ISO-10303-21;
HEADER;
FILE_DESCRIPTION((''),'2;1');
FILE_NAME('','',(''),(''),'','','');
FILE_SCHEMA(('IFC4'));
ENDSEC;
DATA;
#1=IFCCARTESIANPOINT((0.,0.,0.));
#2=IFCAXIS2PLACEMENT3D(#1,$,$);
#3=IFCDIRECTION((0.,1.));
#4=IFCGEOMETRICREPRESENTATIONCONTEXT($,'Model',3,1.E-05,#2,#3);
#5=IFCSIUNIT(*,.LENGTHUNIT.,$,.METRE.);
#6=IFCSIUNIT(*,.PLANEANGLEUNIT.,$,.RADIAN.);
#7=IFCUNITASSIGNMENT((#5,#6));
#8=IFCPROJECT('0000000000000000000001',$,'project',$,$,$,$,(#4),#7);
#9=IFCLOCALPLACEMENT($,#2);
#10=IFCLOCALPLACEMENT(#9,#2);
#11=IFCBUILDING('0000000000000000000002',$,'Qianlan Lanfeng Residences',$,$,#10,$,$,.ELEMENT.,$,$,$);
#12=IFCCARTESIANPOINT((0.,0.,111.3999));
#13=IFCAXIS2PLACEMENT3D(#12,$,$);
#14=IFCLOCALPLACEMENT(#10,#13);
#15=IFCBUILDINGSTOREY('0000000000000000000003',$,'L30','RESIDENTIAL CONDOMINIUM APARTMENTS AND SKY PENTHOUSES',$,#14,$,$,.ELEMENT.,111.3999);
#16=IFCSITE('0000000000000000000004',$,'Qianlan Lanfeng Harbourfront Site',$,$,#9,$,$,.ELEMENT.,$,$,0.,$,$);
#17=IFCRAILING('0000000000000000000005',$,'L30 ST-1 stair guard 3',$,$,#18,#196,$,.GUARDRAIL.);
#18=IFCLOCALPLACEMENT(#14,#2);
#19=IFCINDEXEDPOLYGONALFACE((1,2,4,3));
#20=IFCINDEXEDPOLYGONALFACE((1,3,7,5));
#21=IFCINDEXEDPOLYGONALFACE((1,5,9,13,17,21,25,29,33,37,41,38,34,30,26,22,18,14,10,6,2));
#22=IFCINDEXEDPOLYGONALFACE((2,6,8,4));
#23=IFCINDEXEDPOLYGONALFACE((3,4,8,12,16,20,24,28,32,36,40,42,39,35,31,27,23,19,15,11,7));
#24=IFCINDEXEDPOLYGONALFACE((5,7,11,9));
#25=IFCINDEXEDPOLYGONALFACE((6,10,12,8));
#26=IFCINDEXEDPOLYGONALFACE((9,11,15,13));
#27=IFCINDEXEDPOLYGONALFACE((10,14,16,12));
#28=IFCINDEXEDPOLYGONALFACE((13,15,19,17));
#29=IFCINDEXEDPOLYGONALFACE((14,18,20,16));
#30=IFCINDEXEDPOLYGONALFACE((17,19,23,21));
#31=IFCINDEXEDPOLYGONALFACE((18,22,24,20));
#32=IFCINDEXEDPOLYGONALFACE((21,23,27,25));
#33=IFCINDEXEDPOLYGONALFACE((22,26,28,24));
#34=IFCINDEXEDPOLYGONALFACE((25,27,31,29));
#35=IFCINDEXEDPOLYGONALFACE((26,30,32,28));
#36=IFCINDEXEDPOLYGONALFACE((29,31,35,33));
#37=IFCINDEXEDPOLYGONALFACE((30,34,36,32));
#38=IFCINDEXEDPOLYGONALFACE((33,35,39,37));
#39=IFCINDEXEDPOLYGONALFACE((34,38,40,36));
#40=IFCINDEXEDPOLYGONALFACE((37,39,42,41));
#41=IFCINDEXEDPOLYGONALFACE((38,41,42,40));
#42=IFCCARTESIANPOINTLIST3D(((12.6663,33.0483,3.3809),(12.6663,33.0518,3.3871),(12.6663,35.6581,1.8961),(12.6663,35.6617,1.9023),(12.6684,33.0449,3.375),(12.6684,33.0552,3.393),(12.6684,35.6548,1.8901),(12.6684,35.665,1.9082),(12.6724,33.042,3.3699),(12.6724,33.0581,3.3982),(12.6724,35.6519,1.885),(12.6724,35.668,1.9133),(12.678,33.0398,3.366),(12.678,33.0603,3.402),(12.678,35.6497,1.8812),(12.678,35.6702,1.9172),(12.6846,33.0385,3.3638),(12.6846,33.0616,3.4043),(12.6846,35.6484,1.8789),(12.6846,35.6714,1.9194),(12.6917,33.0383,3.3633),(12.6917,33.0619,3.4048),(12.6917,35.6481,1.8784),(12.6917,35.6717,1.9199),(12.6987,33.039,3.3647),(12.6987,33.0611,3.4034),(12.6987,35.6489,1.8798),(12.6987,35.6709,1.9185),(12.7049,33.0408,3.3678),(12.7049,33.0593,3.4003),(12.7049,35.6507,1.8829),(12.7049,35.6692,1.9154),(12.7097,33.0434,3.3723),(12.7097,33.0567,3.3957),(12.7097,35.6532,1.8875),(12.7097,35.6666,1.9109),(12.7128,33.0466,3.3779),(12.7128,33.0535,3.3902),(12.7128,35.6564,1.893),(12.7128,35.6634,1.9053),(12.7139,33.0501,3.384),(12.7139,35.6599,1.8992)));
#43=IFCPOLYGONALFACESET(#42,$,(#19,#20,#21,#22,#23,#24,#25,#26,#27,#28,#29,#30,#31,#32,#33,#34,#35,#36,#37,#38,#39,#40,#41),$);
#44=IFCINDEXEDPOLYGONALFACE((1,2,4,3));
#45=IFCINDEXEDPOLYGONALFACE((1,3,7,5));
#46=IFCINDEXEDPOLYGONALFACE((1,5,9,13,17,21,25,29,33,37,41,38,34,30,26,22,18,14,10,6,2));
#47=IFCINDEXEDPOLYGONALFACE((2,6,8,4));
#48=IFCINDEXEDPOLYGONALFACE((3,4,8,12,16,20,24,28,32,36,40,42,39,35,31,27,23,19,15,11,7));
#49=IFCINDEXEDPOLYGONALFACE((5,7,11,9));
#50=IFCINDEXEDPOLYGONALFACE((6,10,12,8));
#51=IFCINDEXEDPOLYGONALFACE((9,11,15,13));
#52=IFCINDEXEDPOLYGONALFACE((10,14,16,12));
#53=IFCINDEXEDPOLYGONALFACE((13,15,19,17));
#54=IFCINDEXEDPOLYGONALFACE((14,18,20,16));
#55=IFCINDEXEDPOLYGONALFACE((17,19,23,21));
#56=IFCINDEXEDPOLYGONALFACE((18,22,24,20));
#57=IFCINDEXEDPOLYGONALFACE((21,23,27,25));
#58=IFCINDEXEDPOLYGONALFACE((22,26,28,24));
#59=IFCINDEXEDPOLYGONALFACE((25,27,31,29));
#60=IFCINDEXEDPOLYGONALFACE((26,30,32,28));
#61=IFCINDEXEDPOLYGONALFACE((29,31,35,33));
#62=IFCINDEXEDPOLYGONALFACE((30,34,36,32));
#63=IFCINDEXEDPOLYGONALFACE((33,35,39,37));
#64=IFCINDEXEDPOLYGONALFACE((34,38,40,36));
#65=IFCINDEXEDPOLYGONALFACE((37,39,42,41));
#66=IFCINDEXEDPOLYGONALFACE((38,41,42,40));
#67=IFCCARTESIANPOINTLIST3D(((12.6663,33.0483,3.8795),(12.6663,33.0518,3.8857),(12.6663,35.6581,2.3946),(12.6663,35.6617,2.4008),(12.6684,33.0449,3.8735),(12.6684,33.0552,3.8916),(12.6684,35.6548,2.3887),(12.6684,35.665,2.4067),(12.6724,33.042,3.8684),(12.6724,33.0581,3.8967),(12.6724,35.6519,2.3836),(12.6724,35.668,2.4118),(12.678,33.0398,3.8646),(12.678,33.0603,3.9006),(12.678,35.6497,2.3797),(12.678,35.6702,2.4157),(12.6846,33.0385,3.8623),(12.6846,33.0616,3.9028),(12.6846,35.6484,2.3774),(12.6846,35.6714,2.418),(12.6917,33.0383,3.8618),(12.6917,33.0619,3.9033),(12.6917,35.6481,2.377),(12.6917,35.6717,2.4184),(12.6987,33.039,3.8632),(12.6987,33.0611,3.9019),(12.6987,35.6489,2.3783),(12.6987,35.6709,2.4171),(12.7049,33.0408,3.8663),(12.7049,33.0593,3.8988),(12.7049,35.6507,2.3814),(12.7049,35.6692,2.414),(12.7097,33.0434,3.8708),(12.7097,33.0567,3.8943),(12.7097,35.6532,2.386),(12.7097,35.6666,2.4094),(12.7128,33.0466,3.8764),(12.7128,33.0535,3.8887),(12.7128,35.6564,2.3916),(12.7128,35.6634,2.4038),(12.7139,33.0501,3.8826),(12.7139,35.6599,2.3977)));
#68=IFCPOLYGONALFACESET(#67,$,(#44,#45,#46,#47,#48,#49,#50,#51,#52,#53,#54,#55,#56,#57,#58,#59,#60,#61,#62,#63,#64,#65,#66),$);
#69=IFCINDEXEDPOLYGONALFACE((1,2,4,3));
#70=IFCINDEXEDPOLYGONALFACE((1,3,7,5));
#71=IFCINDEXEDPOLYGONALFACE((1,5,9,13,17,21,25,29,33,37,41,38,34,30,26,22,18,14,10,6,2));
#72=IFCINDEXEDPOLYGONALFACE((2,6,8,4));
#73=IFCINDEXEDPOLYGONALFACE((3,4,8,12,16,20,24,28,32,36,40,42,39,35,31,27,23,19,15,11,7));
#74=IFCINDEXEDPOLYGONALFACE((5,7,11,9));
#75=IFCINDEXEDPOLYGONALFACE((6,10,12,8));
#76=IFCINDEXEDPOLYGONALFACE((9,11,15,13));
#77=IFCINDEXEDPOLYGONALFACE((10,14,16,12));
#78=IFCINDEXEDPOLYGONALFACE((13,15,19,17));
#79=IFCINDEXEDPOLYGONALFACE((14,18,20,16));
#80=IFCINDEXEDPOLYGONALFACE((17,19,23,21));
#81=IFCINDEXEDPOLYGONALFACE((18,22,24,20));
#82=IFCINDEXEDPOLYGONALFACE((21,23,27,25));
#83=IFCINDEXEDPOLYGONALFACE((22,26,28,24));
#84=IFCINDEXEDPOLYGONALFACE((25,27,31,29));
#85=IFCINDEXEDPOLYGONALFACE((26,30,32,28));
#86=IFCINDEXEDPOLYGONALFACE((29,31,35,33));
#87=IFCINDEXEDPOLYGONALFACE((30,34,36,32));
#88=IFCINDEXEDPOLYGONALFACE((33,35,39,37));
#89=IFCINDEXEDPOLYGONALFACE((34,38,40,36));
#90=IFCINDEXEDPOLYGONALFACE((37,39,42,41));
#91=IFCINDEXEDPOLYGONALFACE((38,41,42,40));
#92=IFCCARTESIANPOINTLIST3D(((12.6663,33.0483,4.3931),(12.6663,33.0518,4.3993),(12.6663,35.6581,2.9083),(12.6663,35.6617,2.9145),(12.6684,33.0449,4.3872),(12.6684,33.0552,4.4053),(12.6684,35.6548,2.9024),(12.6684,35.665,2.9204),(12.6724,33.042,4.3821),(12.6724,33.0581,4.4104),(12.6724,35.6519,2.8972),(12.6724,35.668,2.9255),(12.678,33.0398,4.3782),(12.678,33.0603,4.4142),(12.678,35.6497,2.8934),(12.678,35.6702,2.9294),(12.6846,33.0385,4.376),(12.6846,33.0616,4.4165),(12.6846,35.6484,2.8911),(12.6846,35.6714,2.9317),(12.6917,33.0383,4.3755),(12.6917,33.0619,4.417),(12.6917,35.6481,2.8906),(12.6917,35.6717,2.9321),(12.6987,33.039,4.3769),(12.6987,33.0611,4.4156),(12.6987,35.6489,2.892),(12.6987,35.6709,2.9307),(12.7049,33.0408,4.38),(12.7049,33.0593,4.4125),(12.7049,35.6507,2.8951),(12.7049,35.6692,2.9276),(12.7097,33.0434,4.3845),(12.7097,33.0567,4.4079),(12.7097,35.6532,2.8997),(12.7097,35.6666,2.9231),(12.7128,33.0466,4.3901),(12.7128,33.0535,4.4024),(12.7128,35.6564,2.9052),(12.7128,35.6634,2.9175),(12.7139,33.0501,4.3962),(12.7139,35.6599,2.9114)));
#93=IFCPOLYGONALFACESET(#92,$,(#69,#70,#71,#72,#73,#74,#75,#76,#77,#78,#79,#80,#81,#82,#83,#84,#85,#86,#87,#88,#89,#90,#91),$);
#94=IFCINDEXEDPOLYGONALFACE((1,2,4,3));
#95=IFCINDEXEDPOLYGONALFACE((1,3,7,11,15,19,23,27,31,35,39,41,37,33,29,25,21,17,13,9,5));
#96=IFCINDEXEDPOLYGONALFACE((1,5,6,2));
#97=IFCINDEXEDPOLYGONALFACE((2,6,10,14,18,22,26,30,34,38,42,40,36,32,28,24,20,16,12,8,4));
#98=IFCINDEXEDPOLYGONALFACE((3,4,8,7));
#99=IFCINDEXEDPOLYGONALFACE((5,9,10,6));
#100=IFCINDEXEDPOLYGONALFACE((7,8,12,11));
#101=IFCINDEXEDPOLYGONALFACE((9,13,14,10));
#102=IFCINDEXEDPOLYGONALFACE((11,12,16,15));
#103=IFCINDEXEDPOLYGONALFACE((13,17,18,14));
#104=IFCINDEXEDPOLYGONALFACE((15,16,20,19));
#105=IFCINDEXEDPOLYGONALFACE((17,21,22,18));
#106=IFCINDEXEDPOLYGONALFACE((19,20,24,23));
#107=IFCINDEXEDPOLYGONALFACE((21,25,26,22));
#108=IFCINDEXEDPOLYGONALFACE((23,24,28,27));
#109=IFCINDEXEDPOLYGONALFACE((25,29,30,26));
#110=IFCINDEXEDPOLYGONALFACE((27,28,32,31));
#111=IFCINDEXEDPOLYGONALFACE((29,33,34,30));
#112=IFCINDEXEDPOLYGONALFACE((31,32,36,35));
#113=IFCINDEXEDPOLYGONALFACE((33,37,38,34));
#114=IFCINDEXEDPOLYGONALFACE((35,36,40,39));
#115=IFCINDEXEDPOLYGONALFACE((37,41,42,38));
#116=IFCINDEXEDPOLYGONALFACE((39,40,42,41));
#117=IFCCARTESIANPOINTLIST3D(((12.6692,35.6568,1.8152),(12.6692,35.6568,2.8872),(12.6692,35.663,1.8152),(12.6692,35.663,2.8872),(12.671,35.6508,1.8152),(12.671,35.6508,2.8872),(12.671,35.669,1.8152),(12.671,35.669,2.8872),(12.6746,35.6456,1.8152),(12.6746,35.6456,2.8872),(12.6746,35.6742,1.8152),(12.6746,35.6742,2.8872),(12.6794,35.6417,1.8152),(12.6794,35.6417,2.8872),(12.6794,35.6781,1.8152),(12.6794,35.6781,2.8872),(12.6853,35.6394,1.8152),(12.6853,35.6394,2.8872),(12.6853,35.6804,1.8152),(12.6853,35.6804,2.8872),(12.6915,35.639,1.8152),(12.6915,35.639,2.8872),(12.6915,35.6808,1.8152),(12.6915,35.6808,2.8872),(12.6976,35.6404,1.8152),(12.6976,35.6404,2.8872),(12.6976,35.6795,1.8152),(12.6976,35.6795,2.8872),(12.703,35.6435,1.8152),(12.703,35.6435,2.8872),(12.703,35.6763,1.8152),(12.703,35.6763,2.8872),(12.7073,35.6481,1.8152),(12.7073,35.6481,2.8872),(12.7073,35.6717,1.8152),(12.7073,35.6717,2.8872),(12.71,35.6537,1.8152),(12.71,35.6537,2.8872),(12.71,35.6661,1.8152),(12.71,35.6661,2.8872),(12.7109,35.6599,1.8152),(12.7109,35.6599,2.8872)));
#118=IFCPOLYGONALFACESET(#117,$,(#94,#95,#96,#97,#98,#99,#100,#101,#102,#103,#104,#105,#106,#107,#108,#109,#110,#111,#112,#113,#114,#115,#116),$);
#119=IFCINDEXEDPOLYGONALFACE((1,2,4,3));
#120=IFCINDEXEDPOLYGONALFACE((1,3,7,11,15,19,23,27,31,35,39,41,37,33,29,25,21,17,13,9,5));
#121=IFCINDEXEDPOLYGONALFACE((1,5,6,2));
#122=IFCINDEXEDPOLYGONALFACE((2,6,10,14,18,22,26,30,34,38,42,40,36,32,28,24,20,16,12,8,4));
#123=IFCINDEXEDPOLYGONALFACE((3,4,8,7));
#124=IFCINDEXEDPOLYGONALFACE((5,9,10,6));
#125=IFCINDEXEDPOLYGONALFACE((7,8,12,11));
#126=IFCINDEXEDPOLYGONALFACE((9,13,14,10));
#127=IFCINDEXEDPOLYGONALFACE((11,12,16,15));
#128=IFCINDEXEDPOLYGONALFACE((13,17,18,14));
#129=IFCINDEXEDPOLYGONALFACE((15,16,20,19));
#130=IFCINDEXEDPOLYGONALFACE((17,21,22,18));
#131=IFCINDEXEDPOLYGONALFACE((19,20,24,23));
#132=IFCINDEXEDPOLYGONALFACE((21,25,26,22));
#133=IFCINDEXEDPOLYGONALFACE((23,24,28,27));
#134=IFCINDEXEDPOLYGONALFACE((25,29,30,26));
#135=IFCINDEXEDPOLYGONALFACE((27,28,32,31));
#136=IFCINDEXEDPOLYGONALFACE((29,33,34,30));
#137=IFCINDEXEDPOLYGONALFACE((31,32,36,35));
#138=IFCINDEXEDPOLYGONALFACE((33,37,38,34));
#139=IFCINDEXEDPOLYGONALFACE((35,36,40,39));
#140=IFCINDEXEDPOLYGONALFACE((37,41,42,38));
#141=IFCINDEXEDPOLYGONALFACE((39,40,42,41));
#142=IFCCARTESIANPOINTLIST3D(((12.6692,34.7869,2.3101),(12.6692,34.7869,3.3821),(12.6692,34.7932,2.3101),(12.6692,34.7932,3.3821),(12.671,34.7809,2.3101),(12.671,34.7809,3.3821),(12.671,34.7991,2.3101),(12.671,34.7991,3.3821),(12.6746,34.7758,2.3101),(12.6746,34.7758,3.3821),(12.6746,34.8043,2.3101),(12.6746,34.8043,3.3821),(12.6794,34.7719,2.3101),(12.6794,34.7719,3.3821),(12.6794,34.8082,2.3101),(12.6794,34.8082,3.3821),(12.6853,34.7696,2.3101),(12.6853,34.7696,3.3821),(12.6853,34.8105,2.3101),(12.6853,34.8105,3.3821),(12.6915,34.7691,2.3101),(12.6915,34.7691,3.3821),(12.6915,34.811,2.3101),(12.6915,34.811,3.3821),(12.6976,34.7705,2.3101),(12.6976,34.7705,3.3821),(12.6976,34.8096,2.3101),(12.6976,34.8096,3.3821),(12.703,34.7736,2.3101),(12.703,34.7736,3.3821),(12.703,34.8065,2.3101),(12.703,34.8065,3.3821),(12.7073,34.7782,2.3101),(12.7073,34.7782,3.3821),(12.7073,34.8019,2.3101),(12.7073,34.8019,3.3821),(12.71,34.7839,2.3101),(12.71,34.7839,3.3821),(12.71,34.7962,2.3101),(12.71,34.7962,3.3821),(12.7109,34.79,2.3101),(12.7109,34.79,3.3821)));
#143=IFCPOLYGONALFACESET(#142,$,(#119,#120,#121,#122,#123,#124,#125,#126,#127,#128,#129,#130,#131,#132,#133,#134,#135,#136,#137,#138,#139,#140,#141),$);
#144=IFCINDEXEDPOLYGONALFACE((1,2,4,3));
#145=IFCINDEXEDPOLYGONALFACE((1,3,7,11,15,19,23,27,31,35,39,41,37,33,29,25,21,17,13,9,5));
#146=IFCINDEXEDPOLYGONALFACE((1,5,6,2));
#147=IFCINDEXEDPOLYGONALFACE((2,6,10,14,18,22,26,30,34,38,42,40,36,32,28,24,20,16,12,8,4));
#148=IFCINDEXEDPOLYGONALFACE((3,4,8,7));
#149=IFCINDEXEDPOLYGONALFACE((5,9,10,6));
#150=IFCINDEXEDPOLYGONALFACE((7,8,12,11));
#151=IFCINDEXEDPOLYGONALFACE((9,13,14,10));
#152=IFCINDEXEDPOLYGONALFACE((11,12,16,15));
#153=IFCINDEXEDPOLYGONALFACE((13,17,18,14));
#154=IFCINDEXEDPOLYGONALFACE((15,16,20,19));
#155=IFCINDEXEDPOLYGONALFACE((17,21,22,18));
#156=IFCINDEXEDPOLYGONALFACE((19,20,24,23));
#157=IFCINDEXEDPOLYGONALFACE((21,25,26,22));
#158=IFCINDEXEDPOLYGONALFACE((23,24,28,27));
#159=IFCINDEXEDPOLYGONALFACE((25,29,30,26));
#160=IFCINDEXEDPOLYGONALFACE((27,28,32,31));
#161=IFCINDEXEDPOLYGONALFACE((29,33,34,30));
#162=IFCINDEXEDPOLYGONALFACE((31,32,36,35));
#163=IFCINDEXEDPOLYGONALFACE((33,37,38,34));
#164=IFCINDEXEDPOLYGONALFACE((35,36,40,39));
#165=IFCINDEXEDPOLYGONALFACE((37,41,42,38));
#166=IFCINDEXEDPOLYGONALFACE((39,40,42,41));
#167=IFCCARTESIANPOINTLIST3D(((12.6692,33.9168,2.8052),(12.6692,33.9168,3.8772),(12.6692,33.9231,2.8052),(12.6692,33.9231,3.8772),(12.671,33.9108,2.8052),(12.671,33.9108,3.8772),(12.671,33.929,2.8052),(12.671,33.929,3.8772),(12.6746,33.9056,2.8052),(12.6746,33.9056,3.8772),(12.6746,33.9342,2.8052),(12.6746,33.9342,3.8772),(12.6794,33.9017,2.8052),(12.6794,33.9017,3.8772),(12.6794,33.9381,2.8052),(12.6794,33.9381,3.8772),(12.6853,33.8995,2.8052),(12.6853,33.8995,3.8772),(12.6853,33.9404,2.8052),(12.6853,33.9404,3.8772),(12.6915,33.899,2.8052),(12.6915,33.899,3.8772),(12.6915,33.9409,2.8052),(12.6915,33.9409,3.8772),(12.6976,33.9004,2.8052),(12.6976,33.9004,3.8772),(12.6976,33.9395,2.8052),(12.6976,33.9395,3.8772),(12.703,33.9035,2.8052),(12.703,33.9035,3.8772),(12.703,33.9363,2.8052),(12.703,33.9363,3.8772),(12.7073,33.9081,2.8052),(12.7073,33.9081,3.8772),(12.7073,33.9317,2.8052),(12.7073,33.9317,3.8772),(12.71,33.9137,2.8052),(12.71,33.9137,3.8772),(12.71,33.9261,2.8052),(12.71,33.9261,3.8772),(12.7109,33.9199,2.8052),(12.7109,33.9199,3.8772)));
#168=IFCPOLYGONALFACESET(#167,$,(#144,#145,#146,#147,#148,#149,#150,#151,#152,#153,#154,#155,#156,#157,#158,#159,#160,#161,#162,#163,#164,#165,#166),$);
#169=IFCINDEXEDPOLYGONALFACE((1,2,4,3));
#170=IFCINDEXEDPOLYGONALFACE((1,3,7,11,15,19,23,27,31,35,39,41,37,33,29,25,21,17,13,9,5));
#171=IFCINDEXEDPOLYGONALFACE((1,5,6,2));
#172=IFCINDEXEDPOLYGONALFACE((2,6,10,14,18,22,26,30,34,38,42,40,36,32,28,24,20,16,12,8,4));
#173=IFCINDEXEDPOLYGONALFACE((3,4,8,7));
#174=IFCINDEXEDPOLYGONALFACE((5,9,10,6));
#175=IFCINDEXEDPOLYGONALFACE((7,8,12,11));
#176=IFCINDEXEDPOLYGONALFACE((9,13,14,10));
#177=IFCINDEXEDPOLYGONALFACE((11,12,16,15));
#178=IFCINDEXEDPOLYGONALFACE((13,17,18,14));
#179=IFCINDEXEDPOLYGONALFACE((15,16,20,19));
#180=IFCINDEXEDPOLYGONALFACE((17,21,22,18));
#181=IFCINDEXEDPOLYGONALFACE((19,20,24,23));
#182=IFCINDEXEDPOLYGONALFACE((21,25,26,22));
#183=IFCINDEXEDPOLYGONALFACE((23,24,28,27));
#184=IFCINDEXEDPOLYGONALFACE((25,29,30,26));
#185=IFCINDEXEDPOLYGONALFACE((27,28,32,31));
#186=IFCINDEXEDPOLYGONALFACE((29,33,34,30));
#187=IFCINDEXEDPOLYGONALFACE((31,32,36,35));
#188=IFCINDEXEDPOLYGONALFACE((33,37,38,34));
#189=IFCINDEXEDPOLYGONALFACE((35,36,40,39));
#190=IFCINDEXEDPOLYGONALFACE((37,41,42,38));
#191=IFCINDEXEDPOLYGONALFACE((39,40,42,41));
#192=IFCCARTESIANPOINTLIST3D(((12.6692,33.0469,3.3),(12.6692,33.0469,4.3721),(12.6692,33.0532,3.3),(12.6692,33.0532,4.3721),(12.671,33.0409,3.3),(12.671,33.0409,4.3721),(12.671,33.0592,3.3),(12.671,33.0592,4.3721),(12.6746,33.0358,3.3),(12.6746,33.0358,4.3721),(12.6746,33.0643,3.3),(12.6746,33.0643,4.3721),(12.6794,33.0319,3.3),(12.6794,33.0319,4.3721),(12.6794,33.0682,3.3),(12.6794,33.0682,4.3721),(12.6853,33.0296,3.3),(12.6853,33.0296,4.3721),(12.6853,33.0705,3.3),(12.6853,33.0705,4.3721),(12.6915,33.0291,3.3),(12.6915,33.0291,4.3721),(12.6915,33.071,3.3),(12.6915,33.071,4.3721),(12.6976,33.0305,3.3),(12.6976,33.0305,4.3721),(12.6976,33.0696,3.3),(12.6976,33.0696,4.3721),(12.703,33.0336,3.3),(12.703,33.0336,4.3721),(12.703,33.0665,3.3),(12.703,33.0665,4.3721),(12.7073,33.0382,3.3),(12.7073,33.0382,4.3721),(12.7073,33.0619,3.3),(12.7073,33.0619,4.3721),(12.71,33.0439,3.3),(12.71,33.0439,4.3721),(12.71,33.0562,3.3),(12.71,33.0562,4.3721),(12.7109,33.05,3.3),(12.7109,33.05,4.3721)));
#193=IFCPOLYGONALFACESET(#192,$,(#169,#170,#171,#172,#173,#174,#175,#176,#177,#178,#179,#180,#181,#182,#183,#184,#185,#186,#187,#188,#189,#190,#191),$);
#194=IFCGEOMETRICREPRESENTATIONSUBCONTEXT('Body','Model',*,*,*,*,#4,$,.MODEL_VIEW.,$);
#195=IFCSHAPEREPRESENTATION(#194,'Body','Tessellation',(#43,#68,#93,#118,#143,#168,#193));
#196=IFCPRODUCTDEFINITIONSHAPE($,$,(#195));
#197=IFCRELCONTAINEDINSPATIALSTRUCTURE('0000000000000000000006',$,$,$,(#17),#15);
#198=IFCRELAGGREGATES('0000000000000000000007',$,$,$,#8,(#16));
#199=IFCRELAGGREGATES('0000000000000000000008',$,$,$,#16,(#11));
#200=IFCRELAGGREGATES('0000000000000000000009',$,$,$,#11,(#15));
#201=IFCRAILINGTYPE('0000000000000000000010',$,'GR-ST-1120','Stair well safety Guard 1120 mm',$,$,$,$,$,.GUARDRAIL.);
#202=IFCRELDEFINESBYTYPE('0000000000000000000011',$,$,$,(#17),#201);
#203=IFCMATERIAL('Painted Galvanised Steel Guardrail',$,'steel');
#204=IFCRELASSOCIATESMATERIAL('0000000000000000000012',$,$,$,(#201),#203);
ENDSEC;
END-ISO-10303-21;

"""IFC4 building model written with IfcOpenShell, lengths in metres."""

from ifc_helpers import new_model, si_unit, direction, frame, origin, origin_2d, place, context, subcontext, project, spatial, circle, extrude, material, type_object, element, save


model = new_model("IFC4")

# Units and contexts
model_context = context("Model", 3, precision=1e-05, world=origin(), true_north=direction((0.0, 1.0)))
body_context = subcontext(model_context, "Body", "Model", "MODEL_VIEW")
ifc_project = project(units=[si_unit("LENGTHUNIT", "METRE"), si_unit("PLANEANGLEUNIT", "RADIAN")], contexts=[model_context])

# Site, building, storey
site_placement = place(None, origin())
site = spatial("IfcSite", under=ifc_project, at=site_placement, Name="Qianlan Lanfeng Harbourfront Site", CompositionType="ELEMENT", RefElevation=0.0)
building_placement = place(site_placement, origin())
building = spatial("IfcBuilding", under=site, at=building_placement, Name="Qianlan Lanfeng Residences", CompositionType="ELEMENT")
storey_placement = place(building_placement, frame((0.0, 0.0, 111.3999)))
storey = spatial("IfcBuildingStorey", under=building, at=storey_placement, Name="L30", Description="RESIDENTIAL CONDOMINIUM APARTMENTS AND SKY PENTHOUSES", CompositionType="ELEMENT", Elevation=111.3999)

# Railing
ifc_material_1 = material(Name="Painted Galvanised Steel Guardrail", Category="steel")
railing_type_1 = type_object("IfcRailingType", Name="GR-ST-1120", Description="Stair well safety Guard 1120 mm", PredefinedType="GUARDRAIL", material=ifc_material_1)
railing_1_placement = place(storey_placement, frame((12.6899, 35.6599, 1.8152)))
element("IfcRailing", 1, at=railing_1_placement, inside=storey, type_object=railing_type_1, Name="L30 ST-1 stair guard 3", PredefinedType="GUARDRAIL", context=body_context, shape_type="SweptSolid", body=[
    extrude(circle(Radius=0.0239, at=origin_2d()), frame((0.0, 0.0, 0.084), z_axis=(0.0, -0.869172, 0.494509), x_axis=(1.0, 0.0, 0.0)), (0.0, 0.0, 1.0), 3.0027),
    extrude(circle(Radius=0.0239, at=origin_2d()), frame((0.0, 0.0, 0.5825), z_axis=(0.0, -0.869172, 0.494509), x_axis=(1.0, 0.0, 0.0)), (0.0, 0.0, 1.0), 3.0027),
    extrude(circle(Radius=0.0239, at=origin_2d()), frame((0.0, 0.0, 1.0962), z_axis=(0.0, -0.869172, 0.494509), x_axis=(1.0, 0.0, 0.0)), (0.0, 0.0, 1.0), 3.0027),
    extrude(circle(Radius=0.021, at=origin_2d()), origin(), (0.0, 0.0, 1.0), 1.072),
    extrude(circle(Radius=0.021, at=origin_2d()), frame((0.0, -0.8699, 0.4949)), (0.0, 0.0, 1.0), 1.072),
    extrude(circle(Radius=0.021, at=origin_2d()), frame((0.0, -1.74, 0.99)), (0.0, 0.0, 1.0), 1.072),
    extrude(circle(Radius=0.021, at=origin_2d()), frame((0.0, -2.6099, 1.4849)), (0.0, 0.0, 1.0), 1.072),
])

save(model, "model.ifc")
